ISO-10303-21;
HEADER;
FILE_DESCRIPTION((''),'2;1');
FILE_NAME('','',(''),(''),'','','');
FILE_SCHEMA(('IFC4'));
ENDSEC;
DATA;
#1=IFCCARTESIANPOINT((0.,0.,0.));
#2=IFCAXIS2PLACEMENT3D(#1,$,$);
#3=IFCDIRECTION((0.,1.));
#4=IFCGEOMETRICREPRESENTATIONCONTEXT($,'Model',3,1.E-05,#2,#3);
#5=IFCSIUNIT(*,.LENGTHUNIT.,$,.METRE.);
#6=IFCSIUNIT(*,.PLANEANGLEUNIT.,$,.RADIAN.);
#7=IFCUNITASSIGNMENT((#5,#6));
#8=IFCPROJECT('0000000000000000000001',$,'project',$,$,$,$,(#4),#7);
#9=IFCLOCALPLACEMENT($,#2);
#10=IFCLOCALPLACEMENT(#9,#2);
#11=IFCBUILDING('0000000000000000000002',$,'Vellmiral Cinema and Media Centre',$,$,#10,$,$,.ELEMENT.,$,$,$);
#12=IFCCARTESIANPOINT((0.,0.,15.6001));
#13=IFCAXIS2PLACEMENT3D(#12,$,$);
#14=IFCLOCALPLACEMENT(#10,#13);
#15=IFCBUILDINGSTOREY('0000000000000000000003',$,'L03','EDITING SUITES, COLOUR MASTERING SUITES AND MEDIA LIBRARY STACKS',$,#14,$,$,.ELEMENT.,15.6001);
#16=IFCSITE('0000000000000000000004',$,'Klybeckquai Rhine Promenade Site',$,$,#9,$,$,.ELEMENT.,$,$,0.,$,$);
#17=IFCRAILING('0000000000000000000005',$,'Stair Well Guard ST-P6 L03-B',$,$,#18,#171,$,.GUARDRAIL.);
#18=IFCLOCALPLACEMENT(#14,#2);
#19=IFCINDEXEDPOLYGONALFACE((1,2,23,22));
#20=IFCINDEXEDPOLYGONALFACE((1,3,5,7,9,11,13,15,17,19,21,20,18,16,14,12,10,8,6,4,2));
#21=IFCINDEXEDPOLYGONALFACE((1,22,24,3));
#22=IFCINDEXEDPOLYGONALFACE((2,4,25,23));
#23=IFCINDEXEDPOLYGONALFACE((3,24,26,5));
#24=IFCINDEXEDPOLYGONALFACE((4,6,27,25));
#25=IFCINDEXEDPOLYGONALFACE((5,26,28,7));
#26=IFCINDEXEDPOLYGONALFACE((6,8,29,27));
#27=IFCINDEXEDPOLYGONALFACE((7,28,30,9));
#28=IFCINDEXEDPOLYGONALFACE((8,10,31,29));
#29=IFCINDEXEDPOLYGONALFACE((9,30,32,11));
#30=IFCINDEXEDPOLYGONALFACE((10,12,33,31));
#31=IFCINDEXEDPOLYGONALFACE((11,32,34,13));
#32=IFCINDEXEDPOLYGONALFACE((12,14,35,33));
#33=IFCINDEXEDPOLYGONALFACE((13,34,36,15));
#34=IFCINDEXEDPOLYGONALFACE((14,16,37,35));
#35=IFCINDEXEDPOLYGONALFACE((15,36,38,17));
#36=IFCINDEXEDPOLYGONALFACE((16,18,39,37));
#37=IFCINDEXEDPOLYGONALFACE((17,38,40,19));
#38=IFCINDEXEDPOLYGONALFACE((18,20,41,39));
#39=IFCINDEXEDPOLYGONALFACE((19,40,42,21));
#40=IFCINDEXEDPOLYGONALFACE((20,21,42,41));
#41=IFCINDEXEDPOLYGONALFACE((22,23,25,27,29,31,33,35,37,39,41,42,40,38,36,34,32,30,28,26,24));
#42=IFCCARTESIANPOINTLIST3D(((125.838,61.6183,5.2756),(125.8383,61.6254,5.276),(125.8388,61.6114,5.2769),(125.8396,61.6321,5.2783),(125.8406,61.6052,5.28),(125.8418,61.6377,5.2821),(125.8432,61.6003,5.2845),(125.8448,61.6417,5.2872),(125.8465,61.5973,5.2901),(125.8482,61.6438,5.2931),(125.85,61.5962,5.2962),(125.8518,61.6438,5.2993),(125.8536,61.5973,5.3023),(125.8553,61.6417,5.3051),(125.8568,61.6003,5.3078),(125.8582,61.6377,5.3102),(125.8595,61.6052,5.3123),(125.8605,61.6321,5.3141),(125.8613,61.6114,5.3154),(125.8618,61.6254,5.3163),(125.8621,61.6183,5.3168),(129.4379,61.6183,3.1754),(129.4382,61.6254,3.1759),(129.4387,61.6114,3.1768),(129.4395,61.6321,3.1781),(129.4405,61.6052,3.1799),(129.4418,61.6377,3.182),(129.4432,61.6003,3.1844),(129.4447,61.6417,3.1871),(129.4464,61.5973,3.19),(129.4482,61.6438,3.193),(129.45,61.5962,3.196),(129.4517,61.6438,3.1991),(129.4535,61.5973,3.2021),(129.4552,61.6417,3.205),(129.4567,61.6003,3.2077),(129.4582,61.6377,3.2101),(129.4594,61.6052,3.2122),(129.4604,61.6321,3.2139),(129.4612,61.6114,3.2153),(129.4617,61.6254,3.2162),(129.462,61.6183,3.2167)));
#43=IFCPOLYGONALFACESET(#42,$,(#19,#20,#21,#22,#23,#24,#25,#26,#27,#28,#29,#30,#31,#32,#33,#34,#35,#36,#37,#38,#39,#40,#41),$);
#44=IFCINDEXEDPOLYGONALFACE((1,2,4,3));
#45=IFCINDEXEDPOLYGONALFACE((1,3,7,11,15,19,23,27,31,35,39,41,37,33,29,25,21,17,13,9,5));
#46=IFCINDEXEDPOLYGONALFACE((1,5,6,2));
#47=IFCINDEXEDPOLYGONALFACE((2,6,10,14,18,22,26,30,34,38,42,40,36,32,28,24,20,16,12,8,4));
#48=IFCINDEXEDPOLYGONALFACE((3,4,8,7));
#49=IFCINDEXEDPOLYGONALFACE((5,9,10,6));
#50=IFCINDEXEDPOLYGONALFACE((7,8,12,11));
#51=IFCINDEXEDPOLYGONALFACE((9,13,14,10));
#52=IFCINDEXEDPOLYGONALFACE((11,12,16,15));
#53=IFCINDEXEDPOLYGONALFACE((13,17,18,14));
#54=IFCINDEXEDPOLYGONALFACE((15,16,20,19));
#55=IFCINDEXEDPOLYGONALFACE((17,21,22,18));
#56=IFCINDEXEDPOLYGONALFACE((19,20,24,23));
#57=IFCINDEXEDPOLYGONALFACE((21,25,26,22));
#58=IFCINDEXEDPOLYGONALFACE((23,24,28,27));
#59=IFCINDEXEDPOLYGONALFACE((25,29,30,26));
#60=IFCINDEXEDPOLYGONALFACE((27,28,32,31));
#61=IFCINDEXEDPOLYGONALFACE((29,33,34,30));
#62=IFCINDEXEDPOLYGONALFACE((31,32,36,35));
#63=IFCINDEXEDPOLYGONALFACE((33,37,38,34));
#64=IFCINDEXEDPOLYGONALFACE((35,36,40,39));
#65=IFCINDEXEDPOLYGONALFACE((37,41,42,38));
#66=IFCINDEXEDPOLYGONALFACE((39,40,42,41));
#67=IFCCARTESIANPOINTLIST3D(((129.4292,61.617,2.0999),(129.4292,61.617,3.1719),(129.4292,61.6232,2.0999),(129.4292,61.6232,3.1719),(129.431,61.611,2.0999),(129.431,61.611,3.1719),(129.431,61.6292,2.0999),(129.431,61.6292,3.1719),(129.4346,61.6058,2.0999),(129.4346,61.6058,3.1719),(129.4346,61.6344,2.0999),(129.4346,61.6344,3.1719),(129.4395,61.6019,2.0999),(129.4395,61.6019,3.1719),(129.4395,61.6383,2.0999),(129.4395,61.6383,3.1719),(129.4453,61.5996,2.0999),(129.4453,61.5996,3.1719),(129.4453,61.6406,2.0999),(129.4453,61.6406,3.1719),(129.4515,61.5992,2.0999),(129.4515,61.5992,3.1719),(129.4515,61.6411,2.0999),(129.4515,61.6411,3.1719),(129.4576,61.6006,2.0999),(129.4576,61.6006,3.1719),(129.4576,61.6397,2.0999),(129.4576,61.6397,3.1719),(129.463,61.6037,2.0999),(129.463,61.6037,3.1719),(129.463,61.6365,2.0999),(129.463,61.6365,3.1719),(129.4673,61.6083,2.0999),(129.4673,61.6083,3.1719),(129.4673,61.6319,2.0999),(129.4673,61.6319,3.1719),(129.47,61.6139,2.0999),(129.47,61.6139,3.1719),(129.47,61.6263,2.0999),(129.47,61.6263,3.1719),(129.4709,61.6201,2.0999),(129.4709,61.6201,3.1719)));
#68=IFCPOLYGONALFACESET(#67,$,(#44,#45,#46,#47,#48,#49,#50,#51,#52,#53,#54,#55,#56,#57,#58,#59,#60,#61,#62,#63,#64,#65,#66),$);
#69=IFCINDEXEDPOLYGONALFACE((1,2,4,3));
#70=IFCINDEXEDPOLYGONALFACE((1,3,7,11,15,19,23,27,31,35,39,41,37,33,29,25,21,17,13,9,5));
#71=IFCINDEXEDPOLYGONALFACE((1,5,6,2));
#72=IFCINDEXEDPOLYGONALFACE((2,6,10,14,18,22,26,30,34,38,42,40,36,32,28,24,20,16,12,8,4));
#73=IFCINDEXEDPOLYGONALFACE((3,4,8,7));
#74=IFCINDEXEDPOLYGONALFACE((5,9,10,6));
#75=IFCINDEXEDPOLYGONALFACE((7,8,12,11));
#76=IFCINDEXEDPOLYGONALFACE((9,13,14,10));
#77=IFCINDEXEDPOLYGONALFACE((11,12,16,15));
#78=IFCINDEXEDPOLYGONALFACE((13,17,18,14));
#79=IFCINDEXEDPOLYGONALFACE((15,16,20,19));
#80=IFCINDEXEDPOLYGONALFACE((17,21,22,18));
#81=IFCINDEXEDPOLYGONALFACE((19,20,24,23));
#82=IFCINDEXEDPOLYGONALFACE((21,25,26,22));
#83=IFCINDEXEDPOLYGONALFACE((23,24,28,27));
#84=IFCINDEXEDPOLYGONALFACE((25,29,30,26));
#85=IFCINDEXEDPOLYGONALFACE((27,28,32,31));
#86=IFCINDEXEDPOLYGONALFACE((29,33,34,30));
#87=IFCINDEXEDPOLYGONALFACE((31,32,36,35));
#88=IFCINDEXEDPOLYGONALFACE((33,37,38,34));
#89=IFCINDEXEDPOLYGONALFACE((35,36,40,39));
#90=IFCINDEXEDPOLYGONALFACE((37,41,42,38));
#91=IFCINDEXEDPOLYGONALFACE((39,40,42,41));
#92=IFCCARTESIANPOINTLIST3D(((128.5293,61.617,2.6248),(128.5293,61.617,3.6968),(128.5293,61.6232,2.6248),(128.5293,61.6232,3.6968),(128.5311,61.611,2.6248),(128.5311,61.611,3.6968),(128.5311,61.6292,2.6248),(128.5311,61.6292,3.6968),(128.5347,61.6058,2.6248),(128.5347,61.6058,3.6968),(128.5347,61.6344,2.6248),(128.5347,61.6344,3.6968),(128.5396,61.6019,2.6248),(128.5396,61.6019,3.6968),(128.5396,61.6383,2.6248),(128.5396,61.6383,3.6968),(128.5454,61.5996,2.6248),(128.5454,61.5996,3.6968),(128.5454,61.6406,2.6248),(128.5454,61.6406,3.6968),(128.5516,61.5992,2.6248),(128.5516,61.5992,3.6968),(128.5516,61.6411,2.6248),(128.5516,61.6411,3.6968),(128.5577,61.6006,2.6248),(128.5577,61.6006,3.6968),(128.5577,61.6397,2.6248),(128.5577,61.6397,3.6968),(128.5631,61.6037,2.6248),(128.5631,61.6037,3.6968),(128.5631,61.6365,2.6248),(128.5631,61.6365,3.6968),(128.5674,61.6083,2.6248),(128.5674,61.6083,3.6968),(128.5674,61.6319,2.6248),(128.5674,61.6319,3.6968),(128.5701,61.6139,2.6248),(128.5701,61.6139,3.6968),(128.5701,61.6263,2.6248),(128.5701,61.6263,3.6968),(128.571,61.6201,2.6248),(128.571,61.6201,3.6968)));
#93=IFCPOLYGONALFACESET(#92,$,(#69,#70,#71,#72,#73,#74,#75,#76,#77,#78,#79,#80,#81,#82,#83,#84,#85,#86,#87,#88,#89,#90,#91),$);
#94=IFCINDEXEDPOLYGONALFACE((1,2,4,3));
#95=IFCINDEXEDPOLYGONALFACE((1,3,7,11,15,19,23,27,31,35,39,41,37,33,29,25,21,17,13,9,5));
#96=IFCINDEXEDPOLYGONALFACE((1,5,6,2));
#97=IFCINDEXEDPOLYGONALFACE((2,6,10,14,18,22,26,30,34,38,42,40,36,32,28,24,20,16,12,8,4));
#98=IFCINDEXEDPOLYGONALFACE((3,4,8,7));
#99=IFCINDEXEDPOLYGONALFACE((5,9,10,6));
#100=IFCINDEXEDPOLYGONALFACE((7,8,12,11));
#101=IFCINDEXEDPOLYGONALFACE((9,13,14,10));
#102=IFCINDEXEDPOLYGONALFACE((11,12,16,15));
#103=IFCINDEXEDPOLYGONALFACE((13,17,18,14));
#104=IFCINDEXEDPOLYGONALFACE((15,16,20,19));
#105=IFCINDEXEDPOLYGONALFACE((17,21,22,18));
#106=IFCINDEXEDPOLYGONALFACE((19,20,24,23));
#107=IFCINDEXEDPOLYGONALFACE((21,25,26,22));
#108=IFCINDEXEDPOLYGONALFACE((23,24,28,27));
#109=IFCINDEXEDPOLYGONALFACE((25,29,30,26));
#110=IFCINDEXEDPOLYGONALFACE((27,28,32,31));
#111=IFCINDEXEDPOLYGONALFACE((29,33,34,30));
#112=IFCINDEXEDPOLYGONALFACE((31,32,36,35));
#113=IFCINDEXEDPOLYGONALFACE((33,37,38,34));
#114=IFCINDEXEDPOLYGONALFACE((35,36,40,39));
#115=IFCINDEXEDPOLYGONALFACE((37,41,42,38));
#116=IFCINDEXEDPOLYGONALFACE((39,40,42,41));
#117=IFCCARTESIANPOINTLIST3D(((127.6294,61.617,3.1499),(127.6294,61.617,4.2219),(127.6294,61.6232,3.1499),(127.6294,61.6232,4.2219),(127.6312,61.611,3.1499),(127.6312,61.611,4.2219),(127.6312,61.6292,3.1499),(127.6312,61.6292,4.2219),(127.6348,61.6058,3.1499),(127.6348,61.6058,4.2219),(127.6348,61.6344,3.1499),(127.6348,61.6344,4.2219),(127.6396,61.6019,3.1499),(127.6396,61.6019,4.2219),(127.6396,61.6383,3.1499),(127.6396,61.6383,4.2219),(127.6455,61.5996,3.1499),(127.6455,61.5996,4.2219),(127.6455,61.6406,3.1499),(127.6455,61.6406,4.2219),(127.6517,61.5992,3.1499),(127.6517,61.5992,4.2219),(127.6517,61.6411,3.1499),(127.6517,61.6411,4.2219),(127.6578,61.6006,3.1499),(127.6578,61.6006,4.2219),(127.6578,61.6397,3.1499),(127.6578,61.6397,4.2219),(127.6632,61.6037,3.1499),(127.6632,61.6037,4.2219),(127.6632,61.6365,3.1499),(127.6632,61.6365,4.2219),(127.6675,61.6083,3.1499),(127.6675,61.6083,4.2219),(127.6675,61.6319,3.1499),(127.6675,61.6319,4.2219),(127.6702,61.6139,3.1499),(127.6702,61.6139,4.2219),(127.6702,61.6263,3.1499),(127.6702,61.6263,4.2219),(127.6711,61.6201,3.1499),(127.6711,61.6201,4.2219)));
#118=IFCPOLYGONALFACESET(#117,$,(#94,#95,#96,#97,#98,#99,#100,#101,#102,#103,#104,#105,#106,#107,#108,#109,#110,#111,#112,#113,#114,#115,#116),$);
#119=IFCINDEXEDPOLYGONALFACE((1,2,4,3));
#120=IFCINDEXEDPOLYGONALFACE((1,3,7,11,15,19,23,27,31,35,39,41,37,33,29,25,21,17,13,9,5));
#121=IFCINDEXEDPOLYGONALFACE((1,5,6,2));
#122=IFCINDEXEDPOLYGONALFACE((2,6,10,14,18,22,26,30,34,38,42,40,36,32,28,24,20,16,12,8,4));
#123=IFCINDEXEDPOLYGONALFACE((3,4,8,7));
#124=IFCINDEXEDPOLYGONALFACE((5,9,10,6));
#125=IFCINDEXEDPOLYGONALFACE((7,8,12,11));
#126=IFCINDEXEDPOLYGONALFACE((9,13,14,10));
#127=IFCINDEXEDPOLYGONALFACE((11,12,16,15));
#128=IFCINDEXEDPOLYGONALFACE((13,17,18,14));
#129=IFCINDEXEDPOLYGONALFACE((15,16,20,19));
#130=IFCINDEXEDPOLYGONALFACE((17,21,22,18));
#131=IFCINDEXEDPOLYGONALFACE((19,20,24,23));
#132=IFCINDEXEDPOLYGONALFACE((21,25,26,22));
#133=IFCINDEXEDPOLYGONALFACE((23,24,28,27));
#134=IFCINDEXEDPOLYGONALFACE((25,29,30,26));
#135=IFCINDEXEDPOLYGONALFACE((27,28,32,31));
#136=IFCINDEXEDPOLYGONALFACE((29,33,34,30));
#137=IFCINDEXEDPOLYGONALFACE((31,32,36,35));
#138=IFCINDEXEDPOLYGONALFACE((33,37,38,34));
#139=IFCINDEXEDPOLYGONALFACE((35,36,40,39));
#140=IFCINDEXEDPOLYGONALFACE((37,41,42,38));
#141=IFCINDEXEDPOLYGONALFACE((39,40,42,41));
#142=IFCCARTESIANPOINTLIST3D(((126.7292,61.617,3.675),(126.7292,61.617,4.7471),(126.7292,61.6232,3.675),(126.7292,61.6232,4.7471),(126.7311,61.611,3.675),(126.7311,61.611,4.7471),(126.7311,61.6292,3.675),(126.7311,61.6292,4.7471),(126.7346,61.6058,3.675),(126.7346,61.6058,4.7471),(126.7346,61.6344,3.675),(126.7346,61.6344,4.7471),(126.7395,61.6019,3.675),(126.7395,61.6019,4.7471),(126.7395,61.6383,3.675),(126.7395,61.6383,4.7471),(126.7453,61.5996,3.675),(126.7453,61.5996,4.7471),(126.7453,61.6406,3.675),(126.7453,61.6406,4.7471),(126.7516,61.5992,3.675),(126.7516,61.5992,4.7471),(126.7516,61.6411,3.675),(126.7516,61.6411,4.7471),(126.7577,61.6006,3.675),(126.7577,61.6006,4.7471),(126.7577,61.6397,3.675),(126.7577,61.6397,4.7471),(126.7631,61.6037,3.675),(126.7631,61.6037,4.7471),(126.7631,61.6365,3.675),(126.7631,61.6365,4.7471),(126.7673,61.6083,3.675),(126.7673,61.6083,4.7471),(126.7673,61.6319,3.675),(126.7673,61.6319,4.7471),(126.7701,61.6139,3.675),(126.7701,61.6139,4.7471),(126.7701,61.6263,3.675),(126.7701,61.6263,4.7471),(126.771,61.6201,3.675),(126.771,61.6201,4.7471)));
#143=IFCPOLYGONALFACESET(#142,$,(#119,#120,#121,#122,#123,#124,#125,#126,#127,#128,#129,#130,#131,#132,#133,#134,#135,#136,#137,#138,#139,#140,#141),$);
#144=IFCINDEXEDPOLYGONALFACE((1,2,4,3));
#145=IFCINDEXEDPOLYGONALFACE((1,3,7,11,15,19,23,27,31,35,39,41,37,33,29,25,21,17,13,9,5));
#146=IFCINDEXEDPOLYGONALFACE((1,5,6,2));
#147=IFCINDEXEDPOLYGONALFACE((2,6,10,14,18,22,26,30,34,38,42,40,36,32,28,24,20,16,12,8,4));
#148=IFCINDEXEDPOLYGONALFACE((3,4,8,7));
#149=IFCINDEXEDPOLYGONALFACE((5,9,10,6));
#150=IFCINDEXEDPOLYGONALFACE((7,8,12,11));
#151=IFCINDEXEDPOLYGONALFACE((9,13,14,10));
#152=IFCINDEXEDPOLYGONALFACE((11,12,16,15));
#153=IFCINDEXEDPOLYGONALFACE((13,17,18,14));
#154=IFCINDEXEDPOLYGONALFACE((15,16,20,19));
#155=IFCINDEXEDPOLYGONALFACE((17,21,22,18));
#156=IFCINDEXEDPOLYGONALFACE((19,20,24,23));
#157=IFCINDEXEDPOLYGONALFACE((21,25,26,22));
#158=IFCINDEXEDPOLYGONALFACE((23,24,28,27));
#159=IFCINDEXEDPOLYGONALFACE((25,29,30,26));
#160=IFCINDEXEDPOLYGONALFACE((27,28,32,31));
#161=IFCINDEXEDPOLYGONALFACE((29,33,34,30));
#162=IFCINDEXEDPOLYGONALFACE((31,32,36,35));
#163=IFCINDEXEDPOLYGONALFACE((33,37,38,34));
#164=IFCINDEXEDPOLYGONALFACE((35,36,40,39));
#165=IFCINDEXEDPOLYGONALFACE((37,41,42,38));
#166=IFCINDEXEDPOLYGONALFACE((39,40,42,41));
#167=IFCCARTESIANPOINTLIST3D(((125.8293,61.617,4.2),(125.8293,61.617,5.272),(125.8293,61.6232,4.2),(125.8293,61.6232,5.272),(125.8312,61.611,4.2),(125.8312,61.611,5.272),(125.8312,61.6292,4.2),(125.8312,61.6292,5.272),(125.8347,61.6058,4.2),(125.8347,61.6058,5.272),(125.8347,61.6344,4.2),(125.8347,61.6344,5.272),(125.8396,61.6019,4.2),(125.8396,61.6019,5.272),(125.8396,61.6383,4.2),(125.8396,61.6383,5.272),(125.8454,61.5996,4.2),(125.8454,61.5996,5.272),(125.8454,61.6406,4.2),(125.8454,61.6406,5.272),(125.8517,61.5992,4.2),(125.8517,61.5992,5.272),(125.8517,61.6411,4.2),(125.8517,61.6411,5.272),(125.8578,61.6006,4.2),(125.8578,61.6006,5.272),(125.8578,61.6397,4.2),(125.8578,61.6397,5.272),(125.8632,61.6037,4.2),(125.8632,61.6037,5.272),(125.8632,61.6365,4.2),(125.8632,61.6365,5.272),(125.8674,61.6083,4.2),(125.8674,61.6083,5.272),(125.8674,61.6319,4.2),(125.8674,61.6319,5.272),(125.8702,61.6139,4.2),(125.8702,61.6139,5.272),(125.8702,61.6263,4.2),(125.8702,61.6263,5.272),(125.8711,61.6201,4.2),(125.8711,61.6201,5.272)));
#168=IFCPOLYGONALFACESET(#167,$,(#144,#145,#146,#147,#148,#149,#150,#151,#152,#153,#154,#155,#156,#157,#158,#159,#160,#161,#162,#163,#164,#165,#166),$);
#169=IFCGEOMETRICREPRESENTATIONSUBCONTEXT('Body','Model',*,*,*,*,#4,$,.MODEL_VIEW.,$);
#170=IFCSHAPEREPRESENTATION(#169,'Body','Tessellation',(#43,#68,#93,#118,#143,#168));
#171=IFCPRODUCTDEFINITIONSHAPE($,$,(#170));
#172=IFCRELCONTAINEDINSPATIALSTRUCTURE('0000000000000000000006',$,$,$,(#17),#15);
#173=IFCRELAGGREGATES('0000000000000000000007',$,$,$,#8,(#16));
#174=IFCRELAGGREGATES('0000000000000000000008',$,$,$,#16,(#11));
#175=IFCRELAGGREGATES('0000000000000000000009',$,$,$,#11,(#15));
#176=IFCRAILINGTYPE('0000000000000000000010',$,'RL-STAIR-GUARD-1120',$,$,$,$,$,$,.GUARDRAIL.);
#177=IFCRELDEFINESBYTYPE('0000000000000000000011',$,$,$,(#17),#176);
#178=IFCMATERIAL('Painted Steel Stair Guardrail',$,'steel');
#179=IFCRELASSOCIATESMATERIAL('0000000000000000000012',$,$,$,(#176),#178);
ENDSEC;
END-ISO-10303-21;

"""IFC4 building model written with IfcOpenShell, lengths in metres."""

from ifc_helpers import new_model, si_unit, direction, frame, origin, origin_2d, place, context, subcontext, project, spatial, circle, extrude, material, type_object, element, save


model = new_model("IFC4")

# Units and contexts
model_context = context("Model", 3, precision=1e-05, world=origin(), true_north=direction((0.0, 1.0)))
body_context = subcontext(model_context, "Body", "Model", "MODEL_VIEW")
ifc_project = project(units=[si_unit("LENGTHUNIT", "METRE"), si_unit("PLANEANGLEUNIT", "RADIAN")], contexts=[model_context])

# Site, building, storey
site_placement = place(None, origin())
site = spatial("IfcSite", under=ifc_project, at=site_placement, Name="Klybeckquai Rhine Promenade Site", CompositionType="ELEMENT", RefElevation=0.0)
building_placement = place(site_placement, origin())
building = spatial("IfcBuilding", under=site, at=building_placement, Name="Vellmiral Cinema and Media Centre", CompositionType="ELEMENT")
storey_placement = place(building_placement, frame((0.0, 0.0, 15.6001)))
storey = spatial("IfcBuildingStorey", under=building, at=storey_placement, Name="L03", Description="EDITING SUITES, COLOUR MASTERING SUITES AND MEDIA LIBRARY STACKS", CompositionType="ELEMENT", Elevation=15.6001)

# Railing
ifc_material_1 = material(Name="Painted Steel Stair Guardrail", Category="steel")
railing_type_1 = type_object("IfcRailingType", Name="RL-STAIR-GUARD-1120", PredefinedType="GUARDRAIL", material=ifc_material_1)
railing_1_placement = place(storey_placement, frame((129.45, 61.6201, 2.0999)))
element("IfcRailing", 1, at=railing_1_placement, inside=storey, type_object=railing_type_1, Name="Stair Well Guard ST-P6 L03-B", PredefinedType="GUARDRAIL", context=body_context, shape_type="SweptSolid", body=[
    extrude(circle(Radius=0.0239, at=origin_2d()), frame((0.0, 0.0, 1.0962), z_axis=(-0.86376, 0.0, 0.503904), x_axis=(0.0, -1.0, 0.0)), (0.0, 0.0, 1.0), 4.1677),
    extrude(circle(Radius=0.021, at=origin_2d()), origin(), (0.0, 0.0, 1.0), 1.072),
    extrude(circle(Radius=0.021, at=origin_2d()), frame((-0.8999, 0.0, 0.5249)), (0.0, 0.0, 1.0), 1.072),
    extrude(circle(Radius=0.021, at=origin_2d()), frame((-1.7998, 0.0, 1.05)), (0.0, 0.0, 1.0), 1.072),
    extrude(circle(Radius=0.021, at=origin_2d()), frame((-2.7, 0.0, 1.5752)), (0.0, 0.0, 1.0), 1.072),
    extrude(circle(Radius=0.021, at=origin_2d()), frame((-3.5999, 0.0, 2.1001)), (0.0, 0.0, 1.0), 1.072),
])

save(model, "model.ifc")
